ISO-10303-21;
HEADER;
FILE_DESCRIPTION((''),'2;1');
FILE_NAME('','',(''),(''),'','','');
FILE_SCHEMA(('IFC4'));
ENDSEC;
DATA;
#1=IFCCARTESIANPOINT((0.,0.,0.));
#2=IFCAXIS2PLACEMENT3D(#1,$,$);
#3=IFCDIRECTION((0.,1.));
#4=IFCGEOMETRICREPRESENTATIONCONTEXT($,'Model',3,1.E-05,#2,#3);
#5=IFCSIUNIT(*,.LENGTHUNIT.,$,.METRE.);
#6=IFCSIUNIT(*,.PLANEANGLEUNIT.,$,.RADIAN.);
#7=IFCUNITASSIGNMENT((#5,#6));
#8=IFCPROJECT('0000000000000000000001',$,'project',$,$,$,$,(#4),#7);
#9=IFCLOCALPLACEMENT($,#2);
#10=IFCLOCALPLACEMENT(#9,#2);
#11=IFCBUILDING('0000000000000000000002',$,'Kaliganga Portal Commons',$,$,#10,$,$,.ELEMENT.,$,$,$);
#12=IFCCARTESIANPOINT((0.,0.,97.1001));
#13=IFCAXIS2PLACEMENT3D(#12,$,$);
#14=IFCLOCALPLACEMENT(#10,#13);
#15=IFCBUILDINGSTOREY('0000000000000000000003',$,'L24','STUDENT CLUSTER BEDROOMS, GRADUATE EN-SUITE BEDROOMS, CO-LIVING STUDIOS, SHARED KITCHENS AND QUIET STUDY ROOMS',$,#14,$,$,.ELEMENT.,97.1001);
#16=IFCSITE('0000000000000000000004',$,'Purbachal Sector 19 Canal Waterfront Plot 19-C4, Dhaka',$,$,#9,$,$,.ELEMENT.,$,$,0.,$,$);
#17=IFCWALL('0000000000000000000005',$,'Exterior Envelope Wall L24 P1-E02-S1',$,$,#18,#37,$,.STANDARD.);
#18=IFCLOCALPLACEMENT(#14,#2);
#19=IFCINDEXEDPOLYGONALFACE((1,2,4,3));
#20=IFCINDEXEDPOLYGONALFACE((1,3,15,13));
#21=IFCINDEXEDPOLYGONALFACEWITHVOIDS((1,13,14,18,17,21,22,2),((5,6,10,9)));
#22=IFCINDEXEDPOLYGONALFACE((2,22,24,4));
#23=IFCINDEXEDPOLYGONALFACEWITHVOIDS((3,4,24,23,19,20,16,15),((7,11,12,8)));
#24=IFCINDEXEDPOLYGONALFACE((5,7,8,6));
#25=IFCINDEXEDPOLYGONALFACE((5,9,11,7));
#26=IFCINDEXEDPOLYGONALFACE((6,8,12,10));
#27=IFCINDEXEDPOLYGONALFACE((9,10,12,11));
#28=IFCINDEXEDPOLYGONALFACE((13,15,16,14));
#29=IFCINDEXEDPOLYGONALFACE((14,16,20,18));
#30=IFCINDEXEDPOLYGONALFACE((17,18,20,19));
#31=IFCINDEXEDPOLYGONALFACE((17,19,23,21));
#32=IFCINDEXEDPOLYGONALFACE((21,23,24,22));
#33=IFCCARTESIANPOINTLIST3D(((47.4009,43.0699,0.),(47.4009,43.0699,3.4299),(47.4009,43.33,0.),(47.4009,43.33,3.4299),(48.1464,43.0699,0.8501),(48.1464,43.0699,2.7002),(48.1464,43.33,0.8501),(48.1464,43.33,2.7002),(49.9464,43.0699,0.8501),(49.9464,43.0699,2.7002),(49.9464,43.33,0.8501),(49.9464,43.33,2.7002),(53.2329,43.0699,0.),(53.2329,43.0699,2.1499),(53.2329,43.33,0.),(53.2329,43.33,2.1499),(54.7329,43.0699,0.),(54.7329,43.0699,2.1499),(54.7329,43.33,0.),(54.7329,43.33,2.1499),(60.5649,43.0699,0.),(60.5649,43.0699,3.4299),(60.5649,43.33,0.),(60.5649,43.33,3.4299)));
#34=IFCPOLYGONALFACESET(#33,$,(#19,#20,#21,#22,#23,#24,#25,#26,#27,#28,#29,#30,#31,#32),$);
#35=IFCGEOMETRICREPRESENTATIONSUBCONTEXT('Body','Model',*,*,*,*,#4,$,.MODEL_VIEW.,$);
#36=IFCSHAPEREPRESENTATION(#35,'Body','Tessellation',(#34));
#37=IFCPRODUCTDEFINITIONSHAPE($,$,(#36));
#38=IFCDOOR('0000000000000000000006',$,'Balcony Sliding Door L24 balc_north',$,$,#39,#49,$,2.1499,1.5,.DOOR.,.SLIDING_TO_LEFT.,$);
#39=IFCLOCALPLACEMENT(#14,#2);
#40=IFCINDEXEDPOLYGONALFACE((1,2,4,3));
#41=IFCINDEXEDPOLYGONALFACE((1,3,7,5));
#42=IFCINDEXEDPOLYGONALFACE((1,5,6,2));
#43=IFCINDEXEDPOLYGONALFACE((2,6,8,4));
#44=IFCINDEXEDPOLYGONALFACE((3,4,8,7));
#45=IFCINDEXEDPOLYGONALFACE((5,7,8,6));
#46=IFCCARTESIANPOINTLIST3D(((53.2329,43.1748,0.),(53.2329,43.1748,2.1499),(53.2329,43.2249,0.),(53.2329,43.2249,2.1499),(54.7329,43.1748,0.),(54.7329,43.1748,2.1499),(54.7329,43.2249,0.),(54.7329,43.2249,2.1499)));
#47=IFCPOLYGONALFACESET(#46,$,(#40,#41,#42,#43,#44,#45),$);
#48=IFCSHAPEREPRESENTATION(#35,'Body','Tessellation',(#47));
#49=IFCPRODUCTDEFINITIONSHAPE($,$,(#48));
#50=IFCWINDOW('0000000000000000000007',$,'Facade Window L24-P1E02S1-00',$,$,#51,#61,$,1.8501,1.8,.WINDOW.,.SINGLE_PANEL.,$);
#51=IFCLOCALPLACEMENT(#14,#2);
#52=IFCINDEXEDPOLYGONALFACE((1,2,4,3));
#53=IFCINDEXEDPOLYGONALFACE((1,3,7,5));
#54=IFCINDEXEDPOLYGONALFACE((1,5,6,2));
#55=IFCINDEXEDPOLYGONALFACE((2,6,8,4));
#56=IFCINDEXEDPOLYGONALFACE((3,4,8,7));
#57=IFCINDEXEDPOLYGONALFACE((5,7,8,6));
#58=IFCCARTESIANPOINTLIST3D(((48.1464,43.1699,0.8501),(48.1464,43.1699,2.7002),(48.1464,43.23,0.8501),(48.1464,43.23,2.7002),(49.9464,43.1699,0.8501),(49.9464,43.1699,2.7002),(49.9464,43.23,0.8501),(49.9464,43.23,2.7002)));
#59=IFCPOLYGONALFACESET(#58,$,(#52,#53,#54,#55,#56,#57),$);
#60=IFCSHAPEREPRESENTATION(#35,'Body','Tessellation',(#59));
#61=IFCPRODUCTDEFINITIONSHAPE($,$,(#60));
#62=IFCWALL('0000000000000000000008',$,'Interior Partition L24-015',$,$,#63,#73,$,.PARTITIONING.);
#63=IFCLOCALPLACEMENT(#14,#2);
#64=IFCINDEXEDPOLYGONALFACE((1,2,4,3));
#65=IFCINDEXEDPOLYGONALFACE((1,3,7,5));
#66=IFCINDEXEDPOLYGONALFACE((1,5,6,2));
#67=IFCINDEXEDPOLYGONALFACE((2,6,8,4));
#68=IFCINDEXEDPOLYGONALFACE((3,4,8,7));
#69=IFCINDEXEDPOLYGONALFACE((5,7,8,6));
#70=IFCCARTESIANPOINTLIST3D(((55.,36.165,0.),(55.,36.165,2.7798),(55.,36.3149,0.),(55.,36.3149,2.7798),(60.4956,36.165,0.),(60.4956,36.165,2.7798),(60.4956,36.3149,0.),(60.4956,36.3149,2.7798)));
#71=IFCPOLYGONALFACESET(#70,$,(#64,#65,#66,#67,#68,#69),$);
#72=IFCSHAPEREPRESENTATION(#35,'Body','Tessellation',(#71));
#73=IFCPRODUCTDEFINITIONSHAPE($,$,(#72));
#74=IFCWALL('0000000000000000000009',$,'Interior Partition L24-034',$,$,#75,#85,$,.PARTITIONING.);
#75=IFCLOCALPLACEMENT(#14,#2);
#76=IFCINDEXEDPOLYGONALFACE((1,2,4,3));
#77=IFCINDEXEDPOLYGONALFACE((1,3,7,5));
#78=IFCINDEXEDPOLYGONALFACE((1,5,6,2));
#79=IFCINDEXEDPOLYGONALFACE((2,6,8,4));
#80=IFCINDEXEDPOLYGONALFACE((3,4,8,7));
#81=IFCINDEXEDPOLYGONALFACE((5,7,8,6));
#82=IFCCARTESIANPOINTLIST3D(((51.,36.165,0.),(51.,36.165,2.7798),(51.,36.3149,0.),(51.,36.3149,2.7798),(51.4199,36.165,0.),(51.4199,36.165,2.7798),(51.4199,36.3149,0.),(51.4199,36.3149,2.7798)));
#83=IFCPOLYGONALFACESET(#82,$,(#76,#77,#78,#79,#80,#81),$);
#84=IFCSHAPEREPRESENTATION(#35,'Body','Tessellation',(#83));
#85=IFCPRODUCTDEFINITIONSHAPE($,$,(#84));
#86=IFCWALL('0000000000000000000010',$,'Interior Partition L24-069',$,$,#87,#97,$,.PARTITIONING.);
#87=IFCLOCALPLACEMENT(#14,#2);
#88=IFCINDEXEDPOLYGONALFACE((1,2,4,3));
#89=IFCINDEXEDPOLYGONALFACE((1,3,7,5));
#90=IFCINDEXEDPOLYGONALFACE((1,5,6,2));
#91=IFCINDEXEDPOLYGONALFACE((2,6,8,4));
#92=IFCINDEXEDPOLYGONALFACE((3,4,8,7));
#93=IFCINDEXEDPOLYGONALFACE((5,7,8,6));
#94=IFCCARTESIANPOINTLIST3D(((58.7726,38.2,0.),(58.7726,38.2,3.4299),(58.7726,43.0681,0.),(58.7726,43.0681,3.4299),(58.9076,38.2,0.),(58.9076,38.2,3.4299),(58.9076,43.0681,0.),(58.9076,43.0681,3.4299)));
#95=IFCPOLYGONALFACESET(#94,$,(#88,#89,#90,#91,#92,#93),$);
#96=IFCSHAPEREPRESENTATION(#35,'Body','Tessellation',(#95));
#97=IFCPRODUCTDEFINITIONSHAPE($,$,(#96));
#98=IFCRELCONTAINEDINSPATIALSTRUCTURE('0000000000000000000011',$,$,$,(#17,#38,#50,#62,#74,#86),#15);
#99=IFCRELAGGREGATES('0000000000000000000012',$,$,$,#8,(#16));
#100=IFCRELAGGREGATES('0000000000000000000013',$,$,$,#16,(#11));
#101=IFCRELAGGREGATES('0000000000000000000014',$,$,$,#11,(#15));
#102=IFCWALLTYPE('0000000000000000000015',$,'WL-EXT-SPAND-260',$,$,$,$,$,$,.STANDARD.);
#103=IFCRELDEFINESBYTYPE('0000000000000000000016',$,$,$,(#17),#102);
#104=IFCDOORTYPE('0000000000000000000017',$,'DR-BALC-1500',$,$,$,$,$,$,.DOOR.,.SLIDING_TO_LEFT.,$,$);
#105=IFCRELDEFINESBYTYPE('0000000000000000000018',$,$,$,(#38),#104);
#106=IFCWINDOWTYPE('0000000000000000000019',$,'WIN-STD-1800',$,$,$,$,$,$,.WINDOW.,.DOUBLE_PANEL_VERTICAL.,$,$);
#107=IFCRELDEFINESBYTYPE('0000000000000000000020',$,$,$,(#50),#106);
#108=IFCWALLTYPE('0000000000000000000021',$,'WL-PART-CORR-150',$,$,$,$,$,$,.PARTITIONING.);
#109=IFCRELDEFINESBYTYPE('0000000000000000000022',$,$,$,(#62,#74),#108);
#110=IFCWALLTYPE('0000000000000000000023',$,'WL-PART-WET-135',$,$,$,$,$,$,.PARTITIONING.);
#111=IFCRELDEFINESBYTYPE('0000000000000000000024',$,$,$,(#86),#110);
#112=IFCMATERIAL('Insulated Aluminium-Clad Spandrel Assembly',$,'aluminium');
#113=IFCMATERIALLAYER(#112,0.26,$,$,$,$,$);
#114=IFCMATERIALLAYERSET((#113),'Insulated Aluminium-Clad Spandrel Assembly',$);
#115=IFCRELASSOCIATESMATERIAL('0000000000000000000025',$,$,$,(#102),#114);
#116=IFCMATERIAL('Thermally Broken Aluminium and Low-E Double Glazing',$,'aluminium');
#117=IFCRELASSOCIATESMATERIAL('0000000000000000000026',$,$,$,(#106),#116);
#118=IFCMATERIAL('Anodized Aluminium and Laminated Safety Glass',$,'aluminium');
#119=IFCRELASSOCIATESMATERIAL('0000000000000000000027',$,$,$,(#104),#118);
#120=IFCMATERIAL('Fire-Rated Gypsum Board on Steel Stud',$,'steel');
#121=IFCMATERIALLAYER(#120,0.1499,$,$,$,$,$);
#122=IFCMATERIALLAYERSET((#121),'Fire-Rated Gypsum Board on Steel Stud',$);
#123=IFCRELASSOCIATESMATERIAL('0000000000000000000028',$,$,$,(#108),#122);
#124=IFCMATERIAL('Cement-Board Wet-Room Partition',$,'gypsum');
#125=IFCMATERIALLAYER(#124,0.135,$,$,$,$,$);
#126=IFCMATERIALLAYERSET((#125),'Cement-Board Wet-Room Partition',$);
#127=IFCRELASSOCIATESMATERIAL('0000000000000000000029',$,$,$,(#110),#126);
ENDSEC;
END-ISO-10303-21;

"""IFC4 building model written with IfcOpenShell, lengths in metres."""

from ifc_helpers import new_model, si_unit, direction, frame, frame_2d, origin, place, context, subcontext, project, spatial, rectangle, extrude, material, layer, layer_set, type_object, element, fill, save


model = new_model("IFC4")

# Units and contexts
model_context = context("Model", 3, precision=1e-05, world=origin(), true_north=direction((0.0, 1.0)))
body_context = subcontext(model_context, "Body", "Model", "MODEL_VIEW")
ifc_project = project(units=[si_unit("LENGTHUNIT", "METRE"), si_unit("PLANEANGLEUNIT", "RADIAN")], contexts=[model_context])

# Site, building, storey
site_placement = place(None, origin())
site = spatial("IfcSite", under=ifc_project, at=site_placement, Name="Purbachal Sector 19 Canal Waterfront Plot 19-C4, Dhaka", CompositionType="ELEMENT", RefElevation=0.0)
building_placement = place(site_placement, origin())
building = spatial("IfcBuilding", under=site, at=building_placement, Name="Kaliganga Portal Commons", CompositionType="ELEMENT")
storey_placement = place(building_placement, frame((0.0, 0.0, 97.1001)))
storey = spatial("IfcBuildingStorey", under=building, at=storey_placement, Name="L24", Description="STUDENT CLUSTER BEDROOMS, GRADUATE EN-SUITE BEDROOMS, CO-LIVING STUDIOS, SHARED KITCHENS AND QUIET STUDY ROOMS", CompositionType="ELEMENT", Elevation=97.1001)

# Shared definitions
ifc_material_1 = material(Name="Insulated Aluminium-Clad Spandrel Assembly", Category="aluminium")
ifc_layer_1 = layer(ifc_material_1, 0.26)
ifc_layer_set_1 = layer_set([ifc_layer_1], Name="Insulated Aluminium-Clad Spandrel Assembly")
wall_type_1 = type_object("IfcWallType", Name="WL-EXT-SPAND-260", PredefinedType="STANDARD", material=ifc_layer_set_1)
ifc_material_2 = material(Name="Thermally Broken Aluminium and Low-E Double Glazing", Category="aluminium")
window_type_1 = type_object("IfcWindowType", Name="WIN-STD-1800", PartitioningType="DOUBLE_PANEL_VERTICAL", PredefinedType="WINDOW", material=ifc_material_2)

# Wall, openings, door, window
wall_1_placement = place(storey_placement, frame((47.4009, 43.2, 0.0), z_axis=(0.0, 0.0, 1.0), x_axis=(1.0, 0.0, 0.0)))
wall_1 = element("IfcWall", 1, at=wall_1_placement, inside=storey, type_object=wall_type_1, Name="Exterior Envelope Wall L24 P1-E02-S1", PredefinedType="STANDARD", context=body_context, shape_type="SweptSolid", body=[
    extrude(rectangle(XDim=13.1641, YDim=0.26, at=frame_2d((6.582, 0.0))), origin(), (0.0, 0.0, 1.0), 3.4299),
])
opening_1_placement = place(wall_1_placement, frame((5.832, 0.0, 0.0)))
opening_1 = element("IfcOpeningElement", 2, at=opening_1_placement, cuts=wall_1, PredefinedType="OPENING", context=body_context, shape_type="SweptSolid", body=[
    extrude(rectangle(XDim=1.5, YDim=2.1499, at=frame_2d((0.75, 1.075))), frame((0.0, 0.1401, 0.0), z_axis=(0.0, -1.0, 0.0), x_axis=(1.0, 0.0, 0.0)), (0.0, 0.0, 1.0), 0.28),
])
opening_2_placement = place(wall_1_placement, frame((0.7456, 0.0, 0.8501)))
opening_2 = element("IfcOpeningElement", 3, at=opening_2_placement, cuts=wall_1, PredefinedType="OPENING", context=body_context, shape_type="SweptSolid", body=[
    extrude(rectangle(XDim=1.8, YDim=1.8501, at=frame_2d((0.8999, 0.925))), frame((0.0, 0.1401, 0.0), z_axis=(0.0, -1.0, 0.0), x_axis=(1.0, 0.0, 0.0)), (0.0, 0.0, 1.0), 0.28),
])
ifc_material_3 = material(Name="Anodized Aluminium and Laminated Safety Glass", Category="aluminium")
door_type_1 = type_object("IfcDoorType", Name="DR-BALC-1500", OperationType="SLIDING_TO_LEFT", PredefinedType="DOOR", material=ifc_material_3)
door_1_placement = place(opening_1_placement, origin())
door_1 = element("IfcDoor", 4, at=door_1_placement, inside=storey, type_object=door_type_1, Name="Balcony Sliding Door L24 balc_north", OperationType="SLIDING_TO_LEFT", OverallHeight=2.1499, OverallWidth=1.5, PredefinedType="DOOR", context=body_context, shape_type="SweptSolid", body=[
    extrude(rectangle(XDim=1.5, YDim=2.1499, at=frame_2d((0.75, 1.075))), frame((0.0, 0.0249, 0.0), z_axis=(0.0, -1.0, 0.0), x_axis=(1.0, 0.0, 0.0)), (0.0, 0.0, 1.0), 0.05),
])
fill(opening_1, door_1)
window_1_placement = place(opening_2_placement, origin())
window_1 = element("IfcWindow", 5, at=window_1_placement, inside=storey, type_object=window_type_1, Name="Facade Window L24-P1E02S1-00", OverallHeight=1.8501, OverallWidth=1.8, PartitioningType="SINGLE_PANEL", PredefinedType="WINDOW", context=body_context, shape_type="SweptSolid", body=[
    extrude(rectangle(XDim=1.8, YDim=1.8501, at=frame_2d((0.8999, 0.925))), frame((0.0, 0.03, 0.0), z_axis=(0.0, -1.0, 0.0), x_axis=(1.0, 0.0, 0.0)), (0.0, 0.0, 1.0), 0.0601),
])
fill(opening_2, window_1)

# Shared definitions
ifc_material_4 = material(Name="Fire-Rated Gypsum Board on Steel Stud", Category="steel")
ifc_layer_2 = layer(ifc_material_4, 0.1499)
ifc_layer_set_2 = layer_set([ifc_layer_2], Name="Fire-Rated Gypsum Board on Steel Stud")
wall_type_2 = type_object("IfcWallType", Name="WL-PART-CORR-150", PredefinedType="PARTITIONING", material=ifc_layer_set_2)

# Wall
wall_2_placement = place(storey_placement, frame((55.0, 36.24, 0.0), z_axis=(0.0, 0.0, 1.0), x_axis=(1.0, 0.0, 0.0)))
element("IfcWall", 6, at=wall_2_placement, inside=storey, type_object=wall_type_2, Name="Interior Partition L24-015", PredefinedType="PARTITIONING", context=body_context, shape_type="SweptSolid", body=[
    extrude(rectangle(XDim=5.4956, YDim=0.1499, at=frame_2d((2.7478, 0.0))), origin(), (0.0, 0.0, 1.0), 2.7798),
])

# Wall
wall_3_placement = place(storey_placement, frame((51.0, 36.24, 0.0), z_axis=(0.0, 0.0, 1.0), x_axis=(1.0, 0.0, 0.0)))
element("IfcWall", 7, at=wall_3_placement, inside=storey, type_object=wall_type_2, Name="Interior Partition L24-034", PredefinedType="PARTITIONING", context=body_context, shape_type="SweptSolid", body=[
    extrude(rectangle(XDim=0.4199, YDim=0.1499, at=frame_2d((0.21, 0.0))), origin(), (0.0, 0.0, 1.0), 2.7798),
])

# Wall
ifc_material_5 = material(Name="Cement-Board Wet-Room Partition", Category="gypsum")
ifc_layer_3 = layer(ifc_material_5, 0.135)
ifc_layer_set_3 = layer_set([ifc_layer_3], Name="Cement-Board Wet-Room Partition")
wall_type_3 = type_object("IfcWallType", Name="WL-PART-WET-135", PredefinedType="PARTITIONING", material=ifc_layer_set_3)
wall_4_placement = place(storey_placement, frame((58.8401, 38.2, 0.0), z_axis=(0.0, 0.0, 1.0), x_axis=(0.0, 1.0, 0.0)))
element("IfcWall", 8, at=wall_4_placement, inside=storey, type_object=wall_type_3, Name="Interior Partition L24-069", PredefinedType="PARTITIONING", context=body_context, shape_type="SweptSolid", body=[
    extrude(rectangle(XDim=4.8682, YDim=0.135, at=frame_2d((2.4341, 0.0))), origin(), (0.0, 0.0, 1.0), 3.4299),
])

save(model, "model.ifc")
